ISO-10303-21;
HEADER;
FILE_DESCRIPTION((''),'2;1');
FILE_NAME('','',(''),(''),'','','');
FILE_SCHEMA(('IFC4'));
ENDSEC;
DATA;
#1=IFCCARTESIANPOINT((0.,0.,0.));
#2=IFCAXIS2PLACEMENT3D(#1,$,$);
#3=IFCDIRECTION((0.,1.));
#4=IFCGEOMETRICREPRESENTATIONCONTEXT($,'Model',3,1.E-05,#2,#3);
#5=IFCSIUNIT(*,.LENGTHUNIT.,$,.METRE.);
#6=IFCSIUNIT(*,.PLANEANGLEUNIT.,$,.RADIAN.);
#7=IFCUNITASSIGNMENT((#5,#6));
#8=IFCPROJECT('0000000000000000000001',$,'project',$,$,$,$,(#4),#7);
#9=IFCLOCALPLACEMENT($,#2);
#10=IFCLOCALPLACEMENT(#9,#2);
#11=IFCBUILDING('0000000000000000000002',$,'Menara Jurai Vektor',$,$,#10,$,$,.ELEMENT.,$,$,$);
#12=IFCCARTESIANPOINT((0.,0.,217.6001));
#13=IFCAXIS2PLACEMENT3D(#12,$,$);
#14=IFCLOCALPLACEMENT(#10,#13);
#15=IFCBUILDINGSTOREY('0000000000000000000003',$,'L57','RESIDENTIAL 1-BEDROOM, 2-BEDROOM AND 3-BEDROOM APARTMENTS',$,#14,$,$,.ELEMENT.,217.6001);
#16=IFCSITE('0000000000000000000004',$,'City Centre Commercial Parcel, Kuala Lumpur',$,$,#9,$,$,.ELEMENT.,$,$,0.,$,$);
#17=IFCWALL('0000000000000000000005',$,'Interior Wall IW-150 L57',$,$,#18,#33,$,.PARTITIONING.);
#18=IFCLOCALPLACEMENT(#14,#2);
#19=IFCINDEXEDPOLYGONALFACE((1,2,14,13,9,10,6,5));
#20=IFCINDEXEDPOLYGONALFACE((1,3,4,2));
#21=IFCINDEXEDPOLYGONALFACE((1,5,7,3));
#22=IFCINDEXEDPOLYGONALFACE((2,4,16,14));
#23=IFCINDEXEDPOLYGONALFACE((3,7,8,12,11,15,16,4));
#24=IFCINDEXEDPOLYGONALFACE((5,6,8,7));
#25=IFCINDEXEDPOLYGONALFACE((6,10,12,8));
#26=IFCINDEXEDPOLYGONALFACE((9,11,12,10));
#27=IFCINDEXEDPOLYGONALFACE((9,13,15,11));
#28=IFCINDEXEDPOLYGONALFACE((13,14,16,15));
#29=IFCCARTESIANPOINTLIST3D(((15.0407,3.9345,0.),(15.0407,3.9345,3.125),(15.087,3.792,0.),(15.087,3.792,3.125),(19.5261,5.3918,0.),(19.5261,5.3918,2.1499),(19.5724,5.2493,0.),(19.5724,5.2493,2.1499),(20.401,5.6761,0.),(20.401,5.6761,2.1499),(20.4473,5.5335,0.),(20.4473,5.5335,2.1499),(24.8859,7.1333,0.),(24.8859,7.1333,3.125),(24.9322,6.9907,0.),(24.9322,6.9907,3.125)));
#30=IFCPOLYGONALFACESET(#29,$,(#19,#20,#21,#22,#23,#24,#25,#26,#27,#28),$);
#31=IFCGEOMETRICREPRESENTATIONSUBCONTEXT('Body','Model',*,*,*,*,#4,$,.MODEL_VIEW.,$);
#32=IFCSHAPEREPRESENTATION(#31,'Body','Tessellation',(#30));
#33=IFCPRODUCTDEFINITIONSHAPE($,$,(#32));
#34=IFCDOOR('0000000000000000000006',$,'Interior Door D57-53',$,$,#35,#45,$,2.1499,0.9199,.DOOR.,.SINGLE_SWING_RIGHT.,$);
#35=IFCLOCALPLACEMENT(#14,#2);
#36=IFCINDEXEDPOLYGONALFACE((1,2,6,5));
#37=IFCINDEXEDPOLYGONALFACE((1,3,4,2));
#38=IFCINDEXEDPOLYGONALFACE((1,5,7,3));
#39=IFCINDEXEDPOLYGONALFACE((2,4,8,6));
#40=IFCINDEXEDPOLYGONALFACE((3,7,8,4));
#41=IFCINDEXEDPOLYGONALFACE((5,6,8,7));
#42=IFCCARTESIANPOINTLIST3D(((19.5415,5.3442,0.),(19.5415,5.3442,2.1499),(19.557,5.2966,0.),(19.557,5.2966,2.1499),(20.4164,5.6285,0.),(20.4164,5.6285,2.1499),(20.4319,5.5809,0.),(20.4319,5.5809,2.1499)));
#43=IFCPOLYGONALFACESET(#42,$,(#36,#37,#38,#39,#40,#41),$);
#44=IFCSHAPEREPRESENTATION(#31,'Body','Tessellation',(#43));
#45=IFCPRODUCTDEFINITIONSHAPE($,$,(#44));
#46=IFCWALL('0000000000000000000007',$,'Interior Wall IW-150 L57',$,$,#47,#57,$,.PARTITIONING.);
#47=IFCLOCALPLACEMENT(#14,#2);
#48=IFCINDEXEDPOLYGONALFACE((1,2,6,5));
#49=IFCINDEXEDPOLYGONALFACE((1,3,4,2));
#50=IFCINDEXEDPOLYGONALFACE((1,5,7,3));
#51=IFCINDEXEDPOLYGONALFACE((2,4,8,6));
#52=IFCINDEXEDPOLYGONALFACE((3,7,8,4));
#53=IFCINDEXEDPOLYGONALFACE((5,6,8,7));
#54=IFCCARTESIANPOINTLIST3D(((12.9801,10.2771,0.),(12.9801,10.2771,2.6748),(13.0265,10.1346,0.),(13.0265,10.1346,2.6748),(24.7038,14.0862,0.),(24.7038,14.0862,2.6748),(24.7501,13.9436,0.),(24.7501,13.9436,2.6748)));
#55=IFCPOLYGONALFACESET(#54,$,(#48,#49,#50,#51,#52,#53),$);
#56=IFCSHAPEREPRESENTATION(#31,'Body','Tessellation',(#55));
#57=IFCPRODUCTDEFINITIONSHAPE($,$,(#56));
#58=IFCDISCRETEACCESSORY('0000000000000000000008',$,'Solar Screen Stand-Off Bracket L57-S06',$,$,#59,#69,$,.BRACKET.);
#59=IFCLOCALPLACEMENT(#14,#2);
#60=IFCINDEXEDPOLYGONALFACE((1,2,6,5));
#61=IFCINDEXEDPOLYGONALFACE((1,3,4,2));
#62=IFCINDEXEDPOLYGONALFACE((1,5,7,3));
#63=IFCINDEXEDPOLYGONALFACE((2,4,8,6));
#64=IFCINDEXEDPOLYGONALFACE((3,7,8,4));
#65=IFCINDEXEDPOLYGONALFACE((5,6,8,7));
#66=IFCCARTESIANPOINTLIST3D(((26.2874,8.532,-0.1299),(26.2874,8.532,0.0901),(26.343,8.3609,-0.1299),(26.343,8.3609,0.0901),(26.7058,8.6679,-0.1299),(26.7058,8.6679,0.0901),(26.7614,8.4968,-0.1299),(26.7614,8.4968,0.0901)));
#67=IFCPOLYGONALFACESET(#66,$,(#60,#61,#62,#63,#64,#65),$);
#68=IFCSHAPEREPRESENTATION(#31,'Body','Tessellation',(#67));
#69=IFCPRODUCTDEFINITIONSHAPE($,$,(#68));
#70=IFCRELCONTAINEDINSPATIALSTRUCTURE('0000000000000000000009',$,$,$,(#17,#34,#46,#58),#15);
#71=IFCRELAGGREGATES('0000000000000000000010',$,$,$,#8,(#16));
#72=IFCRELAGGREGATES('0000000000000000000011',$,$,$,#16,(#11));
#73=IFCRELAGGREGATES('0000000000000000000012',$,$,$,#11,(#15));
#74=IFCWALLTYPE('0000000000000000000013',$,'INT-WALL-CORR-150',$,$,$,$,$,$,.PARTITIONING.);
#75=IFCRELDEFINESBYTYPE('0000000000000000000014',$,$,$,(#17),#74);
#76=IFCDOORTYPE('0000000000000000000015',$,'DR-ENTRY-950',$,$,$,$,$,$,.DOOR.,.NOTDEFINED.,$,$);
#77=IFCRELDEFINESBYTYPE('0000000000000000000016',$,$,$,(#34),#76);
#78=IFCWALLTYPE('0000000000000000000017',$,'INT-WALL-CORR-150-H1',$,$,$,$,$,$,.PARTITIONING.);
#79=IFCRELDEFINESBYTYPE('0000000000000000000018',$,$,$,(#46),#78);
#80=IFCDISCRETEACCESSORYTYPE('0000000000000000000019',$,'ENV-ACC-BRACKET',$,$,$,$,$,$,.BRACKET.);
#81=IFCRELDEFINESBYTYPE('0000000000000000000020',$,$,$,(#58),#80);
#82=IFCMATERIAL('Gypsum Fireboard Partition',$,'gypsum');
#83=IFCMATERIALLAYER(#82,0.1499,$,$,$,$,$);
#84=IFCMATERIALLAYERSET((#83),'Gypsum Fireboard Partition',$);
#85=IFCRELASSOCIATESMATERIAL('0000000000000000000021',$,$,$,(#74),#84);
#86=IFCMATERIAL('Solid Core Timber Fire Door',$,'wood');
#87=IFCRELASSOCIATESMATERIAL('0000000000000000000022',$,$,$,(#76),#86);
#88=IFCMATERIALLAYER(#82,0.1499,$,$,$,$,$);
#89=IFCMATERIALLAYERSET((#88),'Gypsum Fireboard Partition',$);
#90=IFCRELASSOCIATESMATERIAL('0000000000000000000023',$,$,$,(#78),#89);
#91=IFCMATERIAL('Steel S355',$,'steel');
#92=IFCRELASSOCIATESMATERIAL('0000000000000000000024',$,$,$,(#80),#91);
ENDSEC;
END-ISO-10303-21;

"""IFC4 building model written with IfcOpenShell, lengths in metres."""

from ifc_helpers import new_model, si_unit, direction, frame, frame_2d, origin, origin_2d, place, context, subcontext, project, spatial, rectangle, extrude, material, layer, layer_set, type_object, element, fill, save


model = new_model("IFC4")

# Units and contexts
model_context = context("Model", 3, precision=1e-05, world=origin(), true_north=direction((0.0, 1.0)))
body_context = subcontext(model_context, "Body", "Model", "MODEL_VIEW")
ifc_project = project(units=[si_unit("LENGTHUNIT", "METRE"), si_unit("PLANEANGLEUNIT", "RADIAN")], contexts=[model_context])

# Site, building, storey
site_placement = place(None, origin())
site = spatial("IfcSite", under=ifc_project, at=site_placement, Name="City Centre Commercial Parcel, Kuala Lumpur", CompositionType="ELEMENT", RefElevation=0.0)
building_placement = place(site_placement, origin())
building = spatial("IfcBuilding", under=site, at=building_placement, Name="Menara Jurai Vektor", CompositionType="ELEMENT")
storey_placement = place(building_placement, frame((0.0, 0.0, 217.6001)))
storey = spatial("IfcBuildingStorey", under=building, at=storey_placement, Name="L57", Description="RESIDENTIAL 1-BEDROOM, 2-BEDROOM AND 3-BEDROOM APARTMENTS", CompositionType="ELEMENT", Elevation=217.6001)

# Shared definitions
ifc_material_1 = material(Name="Steel S355", Category="steel")

# Shared definitions
ifc_material_2 = material(Name="Gypsum Fireboard Partition", Category="gypsum")
ifc_layer_1 = layer(ifc_material_2, 0.1499)
ifc_layer_set_1 = layer_set([ifc_layer_1], Name="Gypsum Fireboard Partition")
wall_type_1 = type_object("IfcWallType", Name="INT-WALL-CORR-150", PredefinedType="PARTITIONING", material=ifc_layer_set_1)

# Wall, opening, door
wall_1_placement = place(storey_placement, frame((15.064, 3.8633, 0.0), z_axis=(0.0, 0.0, 1.0), x_axis=(0.951061, 0.309002, 0.0)))
wall_1 = element("IfcWall", 1, at=wall_1_placement, inside=storey, type_object=wall_type_1, Name="Interior Wall IW-150 L57", PredefinedType="PARTITIONING", context=body_context, shape_type="SweptSolid", body=[
    extrude(rectangle(XDim=10.3518, YDim=0.1499, at=frame_2d((5.1758, 0.0))), origin(), (0.0, 0.0, 1.0), 3.125),
])
opening_placement = place(wall_1_placement, frame((4.7161, 0.0, 0.0)))
opening = element("IfcOpeningElement", 2, at=opening_placement, cuts=wall_1, PredefinedType="OPENING", context=body_context, shape_type="SweptSolid", body=[
    extrude(rectangle(XDim=0.9199, YDim=2.1499, at=frame_2d((0.46, 1.075))), frame((0.0, 0.085, 0.0), z_axis=(0.0, -1.0, 0.0), x_axis=(1.0, 0.0, 0.0)), (0.0, 0.0, 1.0), 0.1699),
])
ifc_material_3 = material(Name="Solid Core Timber Fire Door", Category="wood")
door_type = type_object("IfcDoorType", Name="DR-ENTRY-950", OperationType="NOTDEFINED", PredefinedType="DOOR", material=ifc_material_3)
door_placement = place(opening_placement, origin())
door = element("IfcDoor", 3, at=door_placement, inside=storey, type_object=door_type, Name="Interior Door D57-53", OperationType="SINGLE_SWING_RIGHT", OverallHeight=2.1499, OverallWidth=0.9199, PredefinedType="DOOR", context=body_context, shape_type="SweptSolid", body=[
    extrude(rectangle(XDim=0.9199, YDim=2.1499, at=frame_2d((0.46, 1.075))), frame((0.0, 0.0249, 0.0), z_axis=(0.0, -1.0, 0.0), x_axis=(1.0, 0.0, 0.0)), (0.0, 0.0, 1.0), 0.05),
])
fill(opening, door)

# Wall
ifc_layer_2 = layer(ifc_material_2, 0.1499)
ifc_layer_set_2 = layer_set([ifc_layer_2], Name="Gypsum Fireboard Partition")
wall_type_2 = type_object("IfcWallType", Name="INT-WALL-CORR-150-H1", PredefinedType="PARTITIONING", material=ifc_layer_set_2)
wall_2_placement = place(storey_placement, frame((13.0032, 10.2058, 0.0), z_axis=(0.0, 0.0, 1.0), x_axis=(0.95106, 0.309005, 0.0)))
element("IfcWall", 4, at=wall_2_placement, inside=storey, type_object=wall_type_2, Name="Interior Wall IW-150 L57", PredefinedType="PARTITIONING", context=body_context, shape_type="SweptSolid", body=[
    extrude(rectangle(XDim=12.3269, YDim=0.1499, at=frame_2d((6.1636, 0.0))), origin(), (0.0, 0.0, 1.0), 2.6748),
])

# Discrete accessory
discrete_accessory_type = type_object("IfcDiscreteAccessoryType", Name="ENV-ACC-BRACKET", PredefinedType="BRACKET", material=ifc_material_1)
discrete_accessory_placement = place(storey_placement, frame((26.5244, 8.5144, -0.1299), z_axis=(0.0, 0.0, 1.0), x_axis=(-0.309017, 0.951057, 0.0)))
element("IfcDiscreteAccessory", 5, at=discrete_accessory_placement, inside=storey, type_object=discrete_accessory_type, Name="Solar Screen Stand-Off Bracket L57-S06", PredefinedType="BRACKET", context=body_context, shape_type="SweptSolid", body=[
    extrude(rectangle(XDim=0.1799, YDim=0.4399, at=origin_2d()), origin(), (0.0, 0.0, 1.0), 0.22),
])

save(model, "model.ifc")
